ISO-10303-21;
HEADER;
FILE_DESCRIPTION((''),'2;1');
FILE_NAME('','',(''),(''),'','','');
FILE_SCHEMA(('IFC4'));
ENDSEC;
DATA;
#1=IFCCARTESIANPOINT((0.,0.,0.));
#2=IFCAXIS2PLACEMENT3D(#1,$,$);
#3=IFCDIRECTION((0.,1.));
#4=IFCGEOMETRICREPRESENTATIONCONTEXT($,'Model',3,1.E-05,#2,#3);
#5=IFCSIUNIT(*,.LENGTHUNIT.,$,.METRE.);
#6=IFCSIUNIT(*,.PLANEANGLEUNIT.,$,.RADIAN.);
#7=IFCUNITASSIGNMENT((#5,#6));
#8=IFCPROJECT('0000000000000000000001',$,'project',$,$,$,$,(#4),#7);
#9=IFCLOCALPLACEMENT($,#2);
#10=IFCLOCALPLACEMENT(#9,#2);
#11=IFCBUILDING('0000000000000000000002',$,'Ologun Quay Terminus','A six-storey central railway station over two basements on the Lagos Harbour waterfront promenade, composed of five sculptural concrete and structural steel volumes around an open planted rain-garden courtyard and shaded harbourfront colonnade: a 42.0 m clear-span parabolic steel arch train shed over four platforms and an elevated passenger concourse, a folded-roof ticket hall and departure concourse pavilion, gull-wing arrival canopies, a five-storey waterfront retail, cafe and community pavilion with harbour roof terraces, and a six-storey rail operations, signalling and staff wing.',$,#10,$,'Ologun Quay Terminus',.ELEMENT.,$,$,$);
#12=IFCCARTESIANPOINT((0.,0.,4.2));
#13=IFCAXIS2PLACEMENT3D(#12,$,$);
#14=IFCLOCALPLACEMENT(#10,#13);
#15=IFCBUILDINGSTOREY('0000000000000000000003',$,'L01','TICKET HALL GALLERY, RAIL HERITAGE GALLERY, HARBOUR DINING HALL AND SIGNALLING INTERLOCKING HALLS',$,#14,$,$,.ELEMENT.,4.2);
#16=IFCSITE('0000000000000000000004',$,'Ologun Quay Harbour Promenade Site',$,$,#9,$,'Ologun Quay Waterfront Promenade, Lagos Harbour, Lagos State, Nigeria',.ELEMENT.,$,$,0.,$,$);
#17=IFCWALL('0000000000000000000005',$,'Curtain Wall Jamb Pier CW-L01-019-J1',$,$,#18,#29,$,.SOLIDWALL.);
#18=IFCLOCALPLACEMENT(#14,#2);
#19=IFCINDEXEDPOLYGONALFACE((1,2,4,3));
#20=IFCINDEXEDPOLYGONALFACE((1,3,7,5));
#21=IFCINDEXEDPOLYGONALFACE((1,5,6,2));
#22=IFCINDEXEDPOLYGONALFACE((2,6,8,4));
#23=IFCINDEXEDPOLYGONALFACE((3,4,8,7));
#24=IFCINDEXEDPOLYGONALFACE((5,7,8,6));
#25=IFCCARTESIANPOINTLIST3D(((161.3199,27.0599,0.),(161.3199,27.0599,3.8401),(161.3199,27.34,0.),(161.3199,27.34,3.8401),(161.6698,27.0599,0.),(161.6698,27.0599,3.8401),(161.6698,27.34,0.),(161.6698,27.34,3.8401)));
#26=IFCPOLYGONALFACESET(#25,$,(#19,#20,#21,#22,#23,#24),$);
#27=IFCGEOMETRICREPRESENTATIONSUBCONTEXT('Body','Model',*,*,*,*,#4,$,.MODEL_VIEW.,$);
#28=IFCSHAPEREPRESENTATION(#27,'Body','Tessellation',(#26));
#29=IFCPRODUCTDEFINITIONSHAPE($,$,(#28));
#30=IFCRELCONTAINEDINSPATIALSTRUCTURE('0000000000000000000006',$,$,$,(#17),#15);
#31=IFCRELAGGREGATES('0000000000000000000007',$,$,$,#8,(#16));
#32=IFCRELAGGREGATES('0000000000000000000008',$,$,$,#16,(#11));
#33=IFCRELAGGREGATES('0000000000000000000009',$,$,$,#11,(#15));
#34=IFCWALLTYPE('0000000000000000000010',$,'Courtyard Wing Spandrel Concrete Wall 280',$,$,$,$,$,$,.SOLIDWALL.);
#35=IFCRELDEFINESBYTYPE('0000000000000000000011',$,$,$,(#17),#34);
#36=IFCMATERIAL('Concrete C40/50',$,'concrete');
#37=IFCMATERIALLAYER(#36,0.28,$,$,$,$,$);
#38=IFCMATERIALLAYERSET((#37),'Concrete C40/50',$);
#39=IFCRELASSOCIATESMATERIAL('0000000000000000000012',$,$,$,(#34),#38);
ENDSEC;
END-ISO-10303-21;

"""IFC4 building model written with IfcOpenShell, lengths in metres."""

from ifc_helpers import new_model, si_unit, direction, frame, frame_2d, origin, place, context, subcontext, project, spatial, rectangle, extrude, material, layer, layer_set, type_object, element, save


model = new_model("IFC4")

# Units and contexts
model_context = context("Model", 3, precision=1e-05, world=origin(), true_north=direction((0.0, 1.0)))
body_context = subcontext(model_context, "Body", "Model", "MODEL_VIEW")
ifc_project = project(units=[si_unit("LENGTHUNIT", "METRE"), si_unit("PLANEANGLEUNIT", "RADIAN")], contexts=[model_context])

# Site, building, storey
site_placement = place(None, origin())
site = spatial("IfcSite", under=ifc_project, at=site_placement, Name="Ologun Quay Harbour Promenade Site", LongName="Ologun Quay Waterfront Promenade, Lagos Harbour, Lagos State, Nigeria", CompositionType="ELEMENT", RefElevation=0.0)
building_placement = place(site_placement, origin())
building = spatial("IfcBuilding", under=site, at=building_placement, Name="Ologun Quay Terminus", Description="A six-storey central railway station over two basements on the Lagos Harbour waterfront promenade, composed of five sculptural concrete and structural steel volumes around an open planted rain-garden courtyard and shaded harbourfront colonnade: a 42.0 m clear-span parabolic steel arch train shed over four platforms and an elevated passenger concourse, a folded-roof ticket hall and departure concourse pavilion, gull-wing arrival canopies, a five-storey waterfront retail, cafe and community pavilion with harbour roof terraces, and a six-storey rail operations, signalling and staff wing.", LongName="Ologun Quay Terminus", CompositionType="ELEMENT")
storey_placement = place(building_placement, frame((0.0, 0.0, 4.2)))
storey = spatial("IfcBuildingStorey", under=building, at=storey_placement, Name="L01", Description="TICKET HALL GALLERY, RAIL HERITAGE GALLERY, HARBOUR DINING HALL AND SIGNALLING INTERLOCKING HALLS", CompositionType="ELEMENT", Elevation=4.2)

# Wall
ifc_material_1 = material(Name="Concrete C40/50", Category="concrete")
ifc_layer_1 = layer(ifc_material_1, 0.28)
ifc_layer_set_1 = layer_set([ifc_layer_1], Name="Concrete C40/50")
wall_type = type_object("IfcWallType", Name="Courtyard Wing Spandrel Concrete Wall 280", PredefinedType="SOLIDWALL", material=ifc_layer_set_1)
for number, where, z_axis, x_axis, name in (
    (1, (161.3201, 27.2, 0.0), (0.0, 0.0, 1.0), (1.0, 0.0, 0.0), "Curtain Wall Jamb Pier CW-L01-019-J1"),
):
    element("IfcWall", number, at=place(storey_placement, frame(where, z_axis=z_axis, x_axis=x_axis)), inside=storey, type_object=wall_type, Name=name, PredefinedType="SOLIDWALL", context=body_context, shape_type="SweptSolid", body=[
        extrude(rectangle(XDim=0.3499, YDim=0.28, at=frame_2d((0.1748, 0.0))), origin(), (0.0, 0.0, 1.0), 3.8401),
    ])

save(model, "model.ifc")
